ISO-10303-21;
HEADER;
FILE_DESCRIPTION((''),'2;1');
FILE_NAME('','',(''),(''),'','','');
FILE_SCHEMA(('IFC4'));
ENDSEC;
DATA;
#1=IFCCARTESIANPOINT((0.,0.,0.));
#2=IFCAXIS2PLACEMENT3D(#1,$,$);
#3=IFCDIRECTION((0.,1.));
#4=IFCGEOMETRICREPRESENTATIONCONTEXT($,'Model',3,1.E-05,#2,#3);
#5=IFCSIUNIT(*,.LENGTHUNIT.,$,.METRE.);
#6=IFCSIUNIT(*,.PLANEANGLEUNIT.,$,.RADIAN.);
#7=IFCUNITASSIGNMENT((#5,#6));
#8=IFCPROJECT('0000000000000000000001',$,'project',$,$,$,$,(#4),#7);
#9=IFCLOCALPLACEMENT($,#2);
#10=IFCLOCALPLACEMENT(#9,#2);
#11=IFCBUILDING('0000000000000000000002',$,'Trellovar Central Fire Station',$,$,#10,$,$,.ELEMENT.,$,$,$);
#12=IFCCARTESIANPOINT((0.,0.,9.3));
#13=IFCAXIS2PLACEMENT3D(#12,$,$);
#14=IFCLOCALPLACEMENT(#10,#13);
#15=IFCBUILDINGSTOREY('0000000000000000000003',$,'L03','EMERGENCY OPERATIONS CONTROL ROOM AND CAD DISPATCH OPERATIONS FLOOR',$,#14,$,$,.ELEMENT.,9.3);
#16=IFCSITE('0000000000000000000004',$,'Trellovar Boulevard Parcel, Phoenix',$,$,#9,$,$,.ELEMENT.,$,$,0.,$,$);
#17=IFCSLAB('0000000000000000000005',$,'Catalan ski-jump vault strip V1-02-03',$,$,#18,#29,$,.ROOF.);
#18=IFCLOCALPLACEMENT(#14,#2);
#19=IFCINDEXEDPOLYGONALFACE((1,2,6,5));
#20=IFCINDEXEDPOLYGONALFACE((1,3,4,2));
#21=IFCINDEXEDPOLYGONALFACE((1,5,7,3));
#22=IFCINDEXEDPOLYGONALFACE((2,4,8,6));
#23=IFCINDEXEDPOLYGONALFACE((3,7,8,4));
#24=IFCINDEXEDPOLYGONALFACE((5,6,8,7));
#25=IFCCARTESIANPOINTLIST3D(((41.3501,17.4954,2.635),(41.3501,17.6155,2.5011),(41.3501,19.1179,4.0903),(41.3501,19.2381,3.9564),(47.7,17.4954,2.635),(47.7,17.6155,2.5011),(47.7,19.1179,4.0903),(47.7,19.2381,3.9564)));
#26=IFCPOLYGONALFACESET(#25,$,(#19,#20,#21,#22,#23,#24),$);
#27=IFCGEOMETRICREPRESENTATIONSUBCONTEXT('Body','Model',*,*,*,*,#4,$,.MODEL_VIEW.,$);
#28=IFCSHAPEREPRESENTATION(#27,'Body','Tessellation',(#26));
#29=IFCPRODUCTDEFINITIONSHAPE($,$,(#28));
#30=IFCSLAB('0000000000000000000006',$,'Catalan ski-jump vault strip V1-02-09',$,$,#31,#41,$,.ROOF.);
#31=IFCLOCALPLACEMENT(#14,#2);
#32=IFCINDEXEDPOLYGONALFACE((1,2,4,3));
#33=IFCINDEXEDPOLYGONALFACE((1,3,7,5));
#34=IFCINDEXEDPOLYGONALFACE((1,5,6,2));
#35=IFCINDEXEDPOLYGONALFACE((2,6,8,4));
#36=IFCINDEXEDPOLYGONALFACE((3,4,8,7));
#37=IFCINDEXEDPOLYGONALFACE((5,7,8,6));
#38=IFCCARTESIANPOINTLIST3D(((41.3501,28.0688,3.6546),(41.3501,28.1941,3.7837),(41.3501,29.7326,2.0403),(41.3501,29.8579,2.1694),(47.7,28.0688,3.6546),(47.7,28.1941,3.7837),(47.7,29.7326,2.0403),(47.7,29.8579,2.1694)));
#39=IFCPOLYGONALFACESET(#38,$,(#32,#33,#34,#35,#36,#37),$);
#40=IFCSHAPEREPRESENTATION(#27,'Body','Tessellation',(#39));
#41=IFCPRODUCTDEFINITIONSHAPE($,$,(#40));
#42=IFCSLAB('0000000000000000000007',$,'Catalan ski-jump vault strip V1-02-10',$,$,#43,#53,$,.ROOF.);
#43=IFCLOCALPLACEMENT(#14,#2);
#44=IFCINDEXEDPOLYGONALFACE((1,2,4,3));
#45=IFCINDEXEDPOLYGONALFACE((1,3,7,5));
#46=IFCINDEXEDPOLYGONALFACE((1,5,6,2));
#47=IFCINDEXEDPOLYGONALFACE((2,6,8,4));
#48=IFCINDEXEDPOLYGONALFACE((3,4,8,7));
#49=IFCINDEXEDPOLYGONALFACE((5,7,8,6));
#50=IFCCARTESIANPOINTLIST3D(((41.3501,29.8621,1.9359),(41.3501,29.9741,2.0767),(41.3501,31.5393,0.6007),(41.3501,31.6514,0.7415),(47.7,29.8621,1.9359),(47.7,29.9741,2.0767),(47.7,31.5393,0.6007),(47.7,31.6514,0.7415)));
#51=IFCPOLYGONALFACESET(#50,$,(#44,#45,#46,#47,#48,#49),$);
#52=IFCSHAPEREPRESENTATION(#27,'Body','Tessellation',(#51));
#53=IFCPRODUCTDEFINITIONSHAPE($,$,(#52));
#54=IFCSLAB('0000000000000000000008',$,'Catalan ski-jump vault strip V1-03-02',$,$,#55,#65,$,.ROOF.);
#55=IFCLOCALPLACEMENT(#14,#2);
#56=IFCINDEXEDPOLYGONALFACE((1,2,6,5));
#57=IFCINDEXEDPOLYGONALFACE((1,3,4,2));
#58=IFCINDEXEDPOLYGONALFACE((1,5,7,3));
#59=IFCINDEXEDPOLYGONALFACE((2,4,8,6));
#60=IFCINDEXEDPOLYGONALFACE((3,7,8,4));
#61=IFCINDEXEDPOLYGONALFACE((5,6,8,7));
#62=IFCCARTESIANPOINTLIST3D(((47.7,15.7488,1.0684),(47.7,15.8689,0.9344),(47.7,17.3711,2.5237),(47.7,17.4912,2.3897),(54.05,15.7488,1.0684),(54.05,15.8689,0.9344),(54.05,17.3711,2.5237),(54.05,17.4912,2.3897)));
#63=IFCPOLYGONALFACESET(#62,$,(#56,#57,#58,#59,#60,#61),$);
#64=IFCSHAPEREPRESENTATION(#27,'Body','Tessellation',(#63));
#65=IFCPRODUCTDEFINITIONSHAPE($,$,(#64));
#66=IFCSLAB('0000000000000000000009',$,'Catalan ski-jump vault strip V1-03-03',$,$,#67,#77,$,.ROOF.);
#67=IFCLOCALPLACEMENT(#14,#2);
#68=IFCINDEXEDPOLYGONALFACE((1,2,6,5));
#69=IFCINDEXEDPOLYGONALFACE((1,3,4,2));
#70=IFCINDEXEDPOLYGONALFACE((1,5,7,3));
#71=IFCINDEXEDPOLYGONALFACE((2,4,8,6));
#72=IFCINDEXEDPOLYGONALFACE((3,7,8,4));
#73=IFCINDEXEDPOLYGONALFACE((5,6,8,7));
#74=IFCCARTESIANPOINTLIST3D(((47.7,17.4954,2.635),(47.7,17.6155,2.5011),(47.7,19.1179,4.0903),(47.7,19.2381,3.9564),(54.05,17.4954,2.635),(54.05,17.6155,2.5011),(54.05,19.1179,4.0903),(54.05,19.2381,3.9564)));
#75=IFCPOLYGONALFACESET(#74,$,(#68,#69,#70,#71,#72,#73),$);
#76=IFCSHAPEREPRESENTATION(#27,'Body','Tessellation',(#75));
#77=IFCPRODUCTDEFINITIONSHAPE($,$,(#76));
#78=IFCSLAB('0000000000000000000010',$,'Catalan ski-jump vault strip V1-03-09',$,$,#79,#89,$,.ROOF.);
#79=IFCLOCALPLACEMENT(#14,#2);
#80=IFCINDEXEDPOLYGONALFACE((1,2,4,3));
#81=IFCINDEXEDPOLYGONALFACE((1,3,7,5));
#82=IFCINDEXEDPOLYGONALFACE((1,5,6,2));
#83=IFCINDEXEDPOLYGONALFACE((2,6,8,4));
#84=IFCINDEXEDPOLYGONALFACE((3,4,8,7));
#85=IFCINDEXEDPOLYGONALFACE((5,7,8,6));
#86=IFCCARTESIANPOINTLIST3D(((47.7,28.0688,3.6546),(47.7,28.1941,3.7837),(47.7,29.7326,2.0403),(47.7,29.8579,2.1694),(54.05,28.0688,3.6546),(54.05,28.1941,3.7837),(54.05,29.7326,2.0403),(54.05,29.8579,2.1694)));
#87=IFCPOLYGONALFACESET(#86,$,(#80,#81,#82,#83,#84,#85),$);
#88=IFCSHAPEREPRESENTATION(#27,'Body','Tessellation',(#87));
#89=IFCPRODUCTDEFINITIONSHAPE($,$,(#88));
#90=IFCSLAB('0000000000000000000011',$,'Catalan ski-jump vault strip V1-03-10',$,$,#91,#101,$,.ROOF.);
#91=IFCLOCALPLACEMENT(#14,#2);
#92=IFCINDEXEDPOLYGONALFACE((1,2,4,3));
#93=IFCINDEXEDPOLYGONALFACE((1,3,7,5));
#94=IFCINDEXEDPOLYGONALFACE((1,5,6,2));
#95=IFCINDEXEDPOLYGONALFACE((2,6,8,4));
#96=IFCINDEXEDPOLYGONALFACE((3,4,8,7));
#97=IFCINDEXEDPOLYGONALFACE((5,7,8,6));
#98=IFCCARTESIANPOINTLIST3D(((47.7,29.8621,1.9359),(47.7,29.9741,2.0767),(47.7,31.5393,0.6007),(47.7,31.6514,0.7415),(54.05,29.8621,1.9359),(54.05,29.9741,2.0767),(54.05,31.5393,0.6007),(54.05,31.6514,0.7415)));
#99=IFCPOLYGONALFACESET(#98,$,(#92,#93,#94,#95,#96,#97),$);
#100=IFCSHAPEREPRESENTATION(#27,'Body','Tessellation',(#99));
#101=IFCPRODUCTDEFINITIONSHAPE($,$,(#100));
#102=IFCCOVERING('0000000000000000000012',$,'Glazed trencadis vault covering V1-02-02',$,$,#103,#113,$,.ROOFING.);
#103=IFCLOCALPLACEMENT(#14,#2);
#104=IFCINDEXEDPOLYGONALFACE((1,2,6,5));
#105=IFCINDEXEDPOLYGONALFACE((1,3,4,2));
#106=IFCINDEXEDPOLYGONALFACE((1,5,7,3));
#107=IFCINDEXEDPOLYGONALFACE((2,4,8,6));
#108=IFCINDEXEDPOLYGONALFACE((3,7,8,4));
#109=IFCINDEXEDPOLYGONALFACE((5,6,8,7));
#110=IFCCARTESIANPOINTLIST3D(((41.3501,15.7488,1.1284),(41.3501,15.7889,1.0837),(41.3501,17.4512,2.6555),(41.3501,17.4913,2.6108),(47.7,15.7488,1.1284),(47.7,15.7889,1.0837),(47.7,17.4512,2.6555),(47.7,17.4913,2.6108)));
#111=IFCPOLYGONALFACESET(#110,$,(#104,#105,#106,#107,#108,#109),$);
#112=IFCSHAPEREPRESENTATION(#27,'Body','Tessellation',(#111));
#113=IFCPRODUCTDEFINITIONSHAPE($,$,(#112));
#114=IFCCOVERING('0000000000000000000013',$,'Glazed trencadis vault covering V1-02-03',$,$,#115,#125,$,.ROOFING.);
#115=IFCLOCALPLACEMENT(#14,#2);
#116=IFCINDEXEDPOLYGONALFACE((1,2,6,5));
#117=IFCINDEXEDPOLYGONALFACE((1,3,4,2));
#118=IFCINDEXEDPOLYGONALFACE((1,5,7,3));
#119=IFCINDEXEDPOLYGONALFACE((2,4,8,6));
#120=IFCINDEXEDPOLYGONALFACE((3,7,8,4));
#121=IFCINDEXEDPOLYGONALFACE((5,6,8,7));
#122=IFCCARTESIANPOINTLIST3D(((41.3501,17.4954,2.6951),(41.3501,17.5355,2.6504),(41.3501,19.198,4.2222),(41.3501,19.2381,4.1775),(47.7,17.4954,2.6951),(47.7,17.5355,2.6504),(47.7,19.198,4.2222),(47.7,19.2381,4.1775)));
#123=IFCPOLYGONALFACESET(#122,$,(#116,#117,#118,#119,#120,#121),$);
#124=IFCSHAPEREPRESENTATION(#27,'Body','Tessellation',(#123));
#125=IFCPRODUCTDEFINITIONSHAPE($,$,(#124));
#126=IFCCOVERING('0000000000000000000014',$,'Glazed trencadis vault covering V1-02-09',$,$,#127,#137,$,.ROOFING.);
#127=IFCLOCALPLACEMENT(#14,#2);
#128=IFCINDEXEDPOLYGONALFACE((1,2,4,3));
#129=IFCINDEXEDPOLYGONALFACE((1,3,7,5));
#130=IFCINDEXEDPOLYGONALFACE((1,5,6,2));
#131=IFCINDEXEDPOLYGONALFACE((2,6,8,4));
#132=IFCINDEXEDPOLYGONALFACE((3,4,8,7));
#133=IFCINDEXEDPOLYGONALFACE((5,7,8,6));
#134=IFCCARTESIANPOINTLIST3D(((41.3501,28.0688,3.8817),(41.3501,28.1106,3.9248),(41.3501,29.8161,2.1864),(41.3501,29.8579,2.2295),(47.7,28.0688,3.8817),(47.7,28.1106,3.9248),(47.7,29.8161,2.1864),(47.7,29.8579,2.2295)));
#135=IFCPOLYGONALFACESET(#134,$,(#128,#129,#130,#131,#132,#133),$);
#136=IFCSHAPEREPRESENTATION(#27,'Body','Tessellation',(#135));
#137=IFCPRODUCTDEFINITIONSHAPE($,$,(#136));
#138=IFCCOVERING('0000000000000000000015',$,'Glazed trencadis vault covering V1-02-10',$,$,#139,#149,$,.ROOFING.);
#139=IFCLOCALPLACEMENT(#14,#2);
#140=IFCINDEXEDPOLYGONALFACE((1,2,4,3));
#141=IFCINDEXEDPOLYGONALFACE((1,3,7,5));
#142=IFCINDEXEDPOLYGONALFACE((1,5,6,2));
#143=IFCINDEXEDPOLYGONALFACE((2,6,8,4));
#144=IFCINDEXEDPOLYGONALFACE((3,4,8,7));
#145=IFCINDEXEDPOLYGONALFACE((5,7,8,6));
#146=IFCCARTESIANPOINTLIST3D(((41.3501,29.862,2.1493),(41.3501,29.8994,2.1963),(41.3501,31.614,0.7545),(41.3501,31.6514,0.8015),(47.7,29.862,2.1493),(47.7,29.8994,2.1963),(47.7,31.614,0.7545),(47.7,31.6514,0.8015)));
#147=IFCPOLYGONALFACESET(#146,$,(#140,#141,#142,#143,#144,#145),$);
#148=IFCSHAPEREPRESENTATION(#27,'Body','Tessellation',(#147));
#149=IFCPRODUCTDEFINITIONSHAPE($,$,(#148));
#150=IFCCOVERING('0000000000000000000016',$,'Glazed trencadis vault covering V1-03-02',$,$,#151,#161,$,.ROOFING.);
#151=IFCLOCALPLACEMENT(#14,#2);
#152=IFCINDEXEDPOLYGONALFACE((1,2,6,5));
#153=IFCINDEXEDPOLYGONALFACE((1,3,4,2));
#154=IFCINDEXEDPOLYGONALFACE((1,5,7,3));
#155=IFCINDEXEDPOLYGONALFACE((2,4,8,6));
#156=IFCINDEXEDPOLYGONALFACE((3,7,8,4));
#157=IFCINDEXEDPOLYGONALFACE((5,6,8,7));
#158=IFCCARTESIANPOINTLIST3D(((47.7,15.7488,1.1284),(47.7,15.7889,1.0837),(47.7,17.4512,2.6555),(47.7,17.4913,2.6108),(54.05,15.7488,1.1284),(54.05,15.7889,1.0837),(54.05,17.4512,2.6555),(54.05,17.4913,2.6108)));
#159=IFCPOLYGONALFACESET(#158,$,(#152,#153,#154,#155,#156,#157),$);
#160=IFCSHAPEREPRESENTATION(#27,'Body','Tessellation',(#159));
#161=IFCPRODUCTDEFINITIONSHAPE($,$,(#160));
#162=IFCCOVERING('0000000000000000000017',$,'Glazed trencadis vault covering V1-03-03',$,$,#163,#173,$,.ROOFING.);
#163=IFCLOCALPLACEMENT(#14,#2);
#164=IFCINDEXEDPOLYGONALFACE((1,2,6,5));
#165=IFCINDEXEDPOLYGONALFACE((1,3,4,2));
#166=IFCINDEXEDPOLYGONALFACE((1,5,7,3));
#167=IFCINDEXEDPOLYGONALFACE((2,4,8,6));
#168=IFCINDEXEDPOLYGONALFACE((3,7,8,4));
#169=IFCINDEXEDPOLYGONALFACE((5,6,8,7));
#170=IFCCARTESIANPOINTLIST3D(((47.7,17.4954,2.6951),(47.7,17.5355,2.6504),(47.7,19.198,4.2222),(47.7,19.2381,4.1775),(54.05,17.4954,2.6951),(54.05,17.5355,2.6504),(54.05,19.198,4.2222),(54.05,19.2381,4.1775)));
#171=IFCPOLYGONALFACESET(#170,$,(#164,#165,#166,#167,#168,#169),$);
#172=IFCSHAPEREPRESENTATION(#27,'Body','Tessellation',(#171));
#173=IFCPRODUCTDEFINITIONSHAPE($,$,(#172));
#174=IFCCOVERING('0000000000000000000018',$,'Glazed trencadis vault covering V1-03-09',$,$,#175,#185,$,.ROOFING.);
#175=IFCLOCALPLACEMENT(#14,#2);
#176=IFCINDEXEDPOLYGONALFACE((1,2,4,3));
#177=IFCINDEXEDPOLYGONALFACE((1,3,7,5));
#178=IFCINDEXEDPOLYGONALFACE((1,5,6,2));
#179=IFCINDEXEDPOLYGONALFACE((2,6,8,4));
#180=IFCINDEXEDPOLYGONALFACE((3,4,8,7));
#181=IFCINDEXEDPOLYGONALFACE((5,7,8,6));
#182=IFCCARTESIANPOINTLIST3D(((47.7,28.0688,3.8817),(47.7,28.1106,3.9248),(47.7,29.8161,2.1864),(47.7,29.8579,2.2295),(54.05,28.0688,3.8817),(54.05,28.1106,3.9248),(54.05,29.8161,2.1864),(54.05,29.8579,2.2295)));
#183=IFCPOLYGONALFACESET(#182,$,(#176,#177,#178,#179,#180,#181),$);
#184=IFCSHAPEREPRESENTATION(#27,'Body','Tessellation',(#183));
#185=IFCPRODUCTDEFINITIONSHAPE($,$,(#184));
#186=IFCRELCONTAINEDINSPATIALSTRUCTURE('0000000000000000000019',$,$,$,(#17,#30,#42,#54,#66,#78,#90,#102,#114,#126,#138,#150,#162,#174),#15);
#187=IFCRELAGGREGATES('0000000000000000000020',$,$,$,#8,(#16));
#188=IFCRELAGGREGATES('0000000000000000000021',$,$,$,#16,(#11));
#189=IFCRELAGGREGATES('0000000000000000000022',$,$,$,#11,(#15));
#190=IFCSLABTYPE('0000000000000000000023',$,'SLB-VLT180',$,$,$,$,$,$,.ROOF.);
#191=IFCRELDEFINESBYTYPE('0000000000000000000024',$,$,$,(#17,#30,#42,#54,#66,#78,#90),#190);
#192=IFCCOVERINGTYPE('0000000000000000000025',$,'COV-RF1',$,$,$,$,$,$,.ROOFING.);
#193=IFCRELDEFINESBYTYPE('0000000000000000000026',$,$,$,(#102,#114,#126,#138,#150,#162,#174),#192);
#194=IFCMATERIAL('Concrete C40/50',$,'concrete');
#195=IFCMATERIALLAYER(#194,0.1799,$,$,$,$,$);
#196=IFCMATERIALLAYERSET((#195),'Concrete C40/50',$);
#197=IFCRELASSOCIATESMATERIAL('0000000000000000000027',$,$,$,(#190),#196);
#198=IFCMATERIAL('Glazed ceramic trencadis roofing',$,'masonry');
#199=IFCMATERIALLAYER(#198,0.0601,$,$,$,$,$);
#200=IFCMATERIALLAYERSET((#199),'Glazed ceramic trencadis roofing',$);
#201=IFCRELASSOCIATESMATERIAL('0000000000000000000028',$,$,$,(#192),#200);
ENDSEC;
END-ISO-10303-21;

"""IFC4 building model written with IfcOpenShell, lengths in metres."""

from ifc_helpers import new_model, si_unit, direction, frame, origin, place, context, subcontext, project, spatial, polyline, outline, extrude, material, layer, layer_set, type_object, element, save


model = new_model("IFC4")

# Units and contexts
model_context = context("Model", 3, precision=1e-05, world=origin(), true_north=direction((0.0, 1.0)))
body_context = subcontext(model_context, "Body", "Model", "MODEL_VIEW")
ifc_project = project(units=[si_unit("LENGTHUNIT", "METRE"), si_unit("PLANEANGLEUNIT", "RADIAN")], contexts=[model_context])

# Site, building, storey
site_placement = place(None, origin())
site = spatial("IfcSite", under=ifc_project, at=site_placement, Name="Trellovar Boulevard Parcel, Phoenix", CompositionType="ELEMENT", RefElevation=0.0)
building_placement = place(site_placement, origin())
building = spatial("IfcBuilding", under=site, at=building_placement, Name="Trellovar Central Fire Station", CompositionType="ELEMENT")
storey_placement = place(building_placement, frame((0.0, 0.0, 9.3)))
storey = spatial("IfcBuildingStorey", under=building, at=storey_placement, Name="L03", Description="EMERGENCY OPERATIONS CONTROL ROOM AND CAD DISPATCH OPERATIONS FLOOR", CompositionType="ELEMENT", Elevation=9.3)

# Slabs
ifc_material_1 = material(Name="Concrete C40/50", Category="concrete")
ifc_layer_1 = layer(ifc_material_1, 0.1799)
ifc_layer_set_1 = layer_set([ifc_layer_1], Name="Concrete C40/50")
slab_type = type_object("IfcSlabType", Name="SLB-VLT180", PredefinedType="ROOF", material=ifc_layer_set_1)
slab_1_placement = place(storey_placement, frame((41.3501, 17.4954, 2.635), z_axis=(0.0, -0.667701, 0.744429), x_axis=(1.0, 0.0, 0.0)))
element("IfcSlab", 1, at=slab_1_placement, inside=storey, type_object=slab_type, Name="Catalan ski-jump vault strip V1-02-03", PredefinedType="ROOF", context=body_context, shape_type="SweptSolid", body=[
    extrude(outline(polyline([(0.0, 0.0), (6.3499, 0.0), (6.3499, 2.1796), (0.0, 2.1796), (0.0, 0.0)])), origin(), (0.0, 0.0, -1.0), 0.1799),
])
slab_2_placement = place(storey_placement, frame((41.3501, 28.1941, 3.7837), z_axis=(0.0, 0.696337, 0.717715), x_axis=(1.0, 0.0, 0.0)))
element("IfcSlab", 2, at=slab_2_placement, inside=storey, type_object=slab_type, Name="Catalan ski-jump vault strip V1-02-09", PredefinedType="ROOF", context=body_context, shape_type="SweptSolid", body=[
    extrude(outline(polyline([(0.0, 0.0), (6.3499, 0.0), (6.3499, 2.3182), (0.0, 2.3182), (0.0, 0.0)])), origin(), (0.0, 0.0, -1.0), 0.1799),
])
slab_3_placement = place(storey_placement, frame((41.3501, 29.9741, 2.0767), z_axis=(0.0, 0.622818, 0.782366), x_axis=(1.0, 0.0, 0.0)))
element("IfcSlab", 3, at=slab_3_placement, inside=storey, type_object=slab_type, Name="Catalan ski-jump vault strip V1-02-10", PredefinedType="ROOF", context=body_context, shape_type="SweptSolid", body=[
    extrude(outline(polyline([(0.0, 0.0), (6.3499, 0.0), (6.3499, 2.1438), (0.0, 2.1438), (0.0, 0.0)])), origin(), (0.0, 0.0, -1.0), 0.1799),
])
slab_4_placement = place(storey_placement, frame((47.7, 15.7488, 1.0684), z_axis=(0.0, -0.667757, 0.744379), x_axis=(1.0, 0.0, 0.0)))
element("IfcSlab", 4, at=slab_4_placement, inside=storey, type_object=slab_type, Name="Catalan ski-jump vault strip V1-03-02", PredefinedType="ROOF", context=body_context, shape_type="SweptSolid", body=[
    extrude(outline(polyline([(0.0, 0.0), (6.3501, 0.0), (6.3501, 2.1794), (0.0, 2.1794), (0.0, 0.0)])), origin(), (0.0, 0.0, -1.0), 0.1799),
])
slab_5_placement = place(storey_placement, frame((47.7, 17.4954, 2.635), z_axis=(0.0, -0.667701, 0.744429), x_axis=(1.0, 0.0, 0.0)))
element("IfcSlab", 5, at=slab_5_placement, inside=storey, type_object=slab_type, Name="Catalan ski-jump vault strip V1-03-03", PredefinedType="ROOF", context=body_context, shape_type="SweptSolid", body=[
    extrude(outline(polyline([(0.0, 0.0), (6.3501, 0.0), (6.3501, 2.1796), (0.0, 2.1796), (0.0, 0.0)])), origin(), (0.0, 0.0, -1.0), 0.1799),
])
slab_6_placement = place(storey_placement, frame((47.7, 28.1941, 3.7837), z_axis=(0.0, 0.696337, 0.717715), x_axis=(1.0, 0.0, 0.0)))
element("IfcSlab", 6, at=slab_6_placement, inside=storey, type_object=slab_type, Name="Catalan ski-jump vault strip V1-03-09", PredefinedType="ROOF", context=body_context, shape_type="SweptSolid", body=[
    extrude(outline(polyline([(0.0, 0.0), (6.3501, 0.0), (6.3501, 2.3182), (0.0, 2.3182), (0.0, 0.0)])), origin(), (0.0, 0.0, -1.0), 0.1799),
])
slab_7_placement = place(storey_placement, frame((47.7, 29.9741, 2.0767), z_axis=(0.0, 0.622818, 0.782366), x_axis=(1.0, 0.0, 0.0)))
element("IfcSlab", 7, at=slab_7_placement, inside=storey, type_object=slab_type, Name="Catalan ski-jump vault strip V1-03-10", PredefinedType="ROOF", context=body_context, shape_type="SweptSolid", body=[
    extrude(outline(polyline([(0.0, 0.0), (6.3501, 0.0), (6.3501, 2.1438), (0.0, 2.1438), (0.0, 0.0)])), origin(), (0.0, 0.0, -1.0), 0.1799),
])

# Coverings
ifc_material_2 = material(Name="Glazed ceramic trencadis roofing", Category="masonry")
ifc_layer_2 = layer(ifc_material_2, 0.0601)
ifc_layer_set_2 = layer_set([ifc_layer_2], Name="Glazed ceramic trencadis roofing")
covering_type = type_object("IfcCoveringType", Name="COV-RF1", PredefinedType="ROOFING", material=ifc_layer_set_2)
covering_1_placement = place(storey_placement, frame((41.3501, 15.7488, 1.1284), z_axis=(0.0, -0.667743, 0.744392), x_axis=(1.0, 0.0, 0.0)))
element("IfcCovering", 8, at=covering_1_placement, inside=storey, type_object=covering_type, Name="Glazed trencadis vault covering V1-02-02", PredefinedType="ROOFING", context=body_context, shape_type="SweptSolid", body=[
    extrude(outline(polyline([(0.0, 0.0), (6.3499, 0.0), (6.3499, 2.287), (0.0, 2.287), (0.0, 0.0)])), origin(), (0.0, 0.0, -1.0), 0.0601),
])
covering_2_placement = place(storey_placement, frame((41.3501, 17.4954, 2.6951), z_axis=(0.0, -0.66769, 0.74444), x_axis=(1.0, 0.0, 0.0)))
element("IfcCovering", 9, at=covering_2_placement, inside=storey, type_object=covering_type, Name="Glazed trencadis vault covering V1-02-03", PredefinedType="ROOFING", context=body_context, shape_type="SweptSolid", body=[
    extrude(outline(polyline([(0.0, 0.0), (6.3499, 0.0), (6.3499, 2.2871), (0.0, 2.2871), (0.0, 0.0)])), origin(), (0.0, 0.0, -1.0), 0.0601),
])
covering_3_placement = place(storey_placement, frame((41.3501, 28.1106, 3.9248), z_axis=(0.0, 0.696346, 0.717706), x_axis=(1.0, 0.0, 0.0)))
element("IfcCovering", 10, at=covering_3_placement, inside=storey, type_object=covering_type, Name="Glazed trencadis vault covering V1-02-09", PredefinedType="ROOFING", context=body_context, shape_type="SweptSolid", body=[
    extrude(outline(polyline([(0.0, 0.0), (6.3499, 0.0), (6.3499, 2.4346), (0.0, 2.4346), (0.0, 0.0)])), origin(), (0.0, 0.0, -1.0), 0.0601),
])
covering_4_placement = place(storey_placement, frame((41.3501, 29.8994, 2.1963), z_axis=(0.0, 0.622845, 0.782345), x_axis=(1.0, 0.0, 0.0)))
element("IfcCovering", 11, at=covering_4_placement, inside=storey, type_object=covering_type, Name="Glazed trencadis vault covering V1-02-10", PredefinedType="ROOFING", context=body_context, shape_type="SweptSolid", body=[
    extrude(outline(polyline([(0.0, 0.0), (6.3499, 0.0), (6.3499, 2.2394), (0.0, 2.2394), (0.0, 0.0)])), origin(), (0.0, 0.0, -1.0), 0.0601),
])
covering_5_placement = place(storey_placement, frame((47.7, 15.7488, 1.1284), z_axis=(0.0, -0.667743, 0.744392), x_axis=(1.0, 0.0, 0.0)))
element("IfcCovering", 12, at=covering_5_placement, inside=storey, type_object=covering_type, Name="Glazed trencadis vault covering V1-03-02", PredefinedType="ROOFING", context=body_context, shape_type="SweptSolid", body=[
    extrude(outline(polyline([(0.0, 0.0), (6.3501, 0.0), (6.3501, 2.287), (0.0, 2.287), (0.0, 0.0)])), origin(), (0.0, 0.0, -1.0), 0.0601),
])
covering_6_placement = place(storey_placement, frame((47.7, 17.4954, 2.6951), z_axis=(0.0, -0.66769, 0.74444), x_axis=(1.0, 0.0, 0.0)))
element("IfcCovering", 13, at=covering_6_placement, inside=storey, type_object=covering_type, Name="Glazed trencadis vault covering V1-03-03", PredefinedType="ROOFING", context=body_context, shape_type="SweptSolid", body=[
    extrude(outline(polyline([(0.0, 0.0), (6.3501, 0.0), (6.3501, 2.2871), (0.0, 2.2871), (0.0, 0.0)])), origin(), (0.0, 0.0, -1.0), 0.0601),
])
covering_7_placement = place(storey_placement, frame((47.7, 28.1106, 3.9248), z_axis=(0.0, 0.696346, 0.717706), x_axis=(1.0, 0.0, 0.0)))
element("IfcCovering", 14, at=covering_7_placement, inside=storey, type_object=covering_type, Name="Glazed trencadis vault covering V1-03-09", PredefinedType="ROOFING", context=body_context, shape_type="SweptSolid", body=[
    extrude(outline(polyline([(0.0, 0.0), (6.3501, 0.0), (6.3501, 2.4346), (0.0, 2.4346), (0.0, 0.0)])), origin(), (0.0, 0.0, -1.0), 0.0601),
])

save(model, "model.ifc")
